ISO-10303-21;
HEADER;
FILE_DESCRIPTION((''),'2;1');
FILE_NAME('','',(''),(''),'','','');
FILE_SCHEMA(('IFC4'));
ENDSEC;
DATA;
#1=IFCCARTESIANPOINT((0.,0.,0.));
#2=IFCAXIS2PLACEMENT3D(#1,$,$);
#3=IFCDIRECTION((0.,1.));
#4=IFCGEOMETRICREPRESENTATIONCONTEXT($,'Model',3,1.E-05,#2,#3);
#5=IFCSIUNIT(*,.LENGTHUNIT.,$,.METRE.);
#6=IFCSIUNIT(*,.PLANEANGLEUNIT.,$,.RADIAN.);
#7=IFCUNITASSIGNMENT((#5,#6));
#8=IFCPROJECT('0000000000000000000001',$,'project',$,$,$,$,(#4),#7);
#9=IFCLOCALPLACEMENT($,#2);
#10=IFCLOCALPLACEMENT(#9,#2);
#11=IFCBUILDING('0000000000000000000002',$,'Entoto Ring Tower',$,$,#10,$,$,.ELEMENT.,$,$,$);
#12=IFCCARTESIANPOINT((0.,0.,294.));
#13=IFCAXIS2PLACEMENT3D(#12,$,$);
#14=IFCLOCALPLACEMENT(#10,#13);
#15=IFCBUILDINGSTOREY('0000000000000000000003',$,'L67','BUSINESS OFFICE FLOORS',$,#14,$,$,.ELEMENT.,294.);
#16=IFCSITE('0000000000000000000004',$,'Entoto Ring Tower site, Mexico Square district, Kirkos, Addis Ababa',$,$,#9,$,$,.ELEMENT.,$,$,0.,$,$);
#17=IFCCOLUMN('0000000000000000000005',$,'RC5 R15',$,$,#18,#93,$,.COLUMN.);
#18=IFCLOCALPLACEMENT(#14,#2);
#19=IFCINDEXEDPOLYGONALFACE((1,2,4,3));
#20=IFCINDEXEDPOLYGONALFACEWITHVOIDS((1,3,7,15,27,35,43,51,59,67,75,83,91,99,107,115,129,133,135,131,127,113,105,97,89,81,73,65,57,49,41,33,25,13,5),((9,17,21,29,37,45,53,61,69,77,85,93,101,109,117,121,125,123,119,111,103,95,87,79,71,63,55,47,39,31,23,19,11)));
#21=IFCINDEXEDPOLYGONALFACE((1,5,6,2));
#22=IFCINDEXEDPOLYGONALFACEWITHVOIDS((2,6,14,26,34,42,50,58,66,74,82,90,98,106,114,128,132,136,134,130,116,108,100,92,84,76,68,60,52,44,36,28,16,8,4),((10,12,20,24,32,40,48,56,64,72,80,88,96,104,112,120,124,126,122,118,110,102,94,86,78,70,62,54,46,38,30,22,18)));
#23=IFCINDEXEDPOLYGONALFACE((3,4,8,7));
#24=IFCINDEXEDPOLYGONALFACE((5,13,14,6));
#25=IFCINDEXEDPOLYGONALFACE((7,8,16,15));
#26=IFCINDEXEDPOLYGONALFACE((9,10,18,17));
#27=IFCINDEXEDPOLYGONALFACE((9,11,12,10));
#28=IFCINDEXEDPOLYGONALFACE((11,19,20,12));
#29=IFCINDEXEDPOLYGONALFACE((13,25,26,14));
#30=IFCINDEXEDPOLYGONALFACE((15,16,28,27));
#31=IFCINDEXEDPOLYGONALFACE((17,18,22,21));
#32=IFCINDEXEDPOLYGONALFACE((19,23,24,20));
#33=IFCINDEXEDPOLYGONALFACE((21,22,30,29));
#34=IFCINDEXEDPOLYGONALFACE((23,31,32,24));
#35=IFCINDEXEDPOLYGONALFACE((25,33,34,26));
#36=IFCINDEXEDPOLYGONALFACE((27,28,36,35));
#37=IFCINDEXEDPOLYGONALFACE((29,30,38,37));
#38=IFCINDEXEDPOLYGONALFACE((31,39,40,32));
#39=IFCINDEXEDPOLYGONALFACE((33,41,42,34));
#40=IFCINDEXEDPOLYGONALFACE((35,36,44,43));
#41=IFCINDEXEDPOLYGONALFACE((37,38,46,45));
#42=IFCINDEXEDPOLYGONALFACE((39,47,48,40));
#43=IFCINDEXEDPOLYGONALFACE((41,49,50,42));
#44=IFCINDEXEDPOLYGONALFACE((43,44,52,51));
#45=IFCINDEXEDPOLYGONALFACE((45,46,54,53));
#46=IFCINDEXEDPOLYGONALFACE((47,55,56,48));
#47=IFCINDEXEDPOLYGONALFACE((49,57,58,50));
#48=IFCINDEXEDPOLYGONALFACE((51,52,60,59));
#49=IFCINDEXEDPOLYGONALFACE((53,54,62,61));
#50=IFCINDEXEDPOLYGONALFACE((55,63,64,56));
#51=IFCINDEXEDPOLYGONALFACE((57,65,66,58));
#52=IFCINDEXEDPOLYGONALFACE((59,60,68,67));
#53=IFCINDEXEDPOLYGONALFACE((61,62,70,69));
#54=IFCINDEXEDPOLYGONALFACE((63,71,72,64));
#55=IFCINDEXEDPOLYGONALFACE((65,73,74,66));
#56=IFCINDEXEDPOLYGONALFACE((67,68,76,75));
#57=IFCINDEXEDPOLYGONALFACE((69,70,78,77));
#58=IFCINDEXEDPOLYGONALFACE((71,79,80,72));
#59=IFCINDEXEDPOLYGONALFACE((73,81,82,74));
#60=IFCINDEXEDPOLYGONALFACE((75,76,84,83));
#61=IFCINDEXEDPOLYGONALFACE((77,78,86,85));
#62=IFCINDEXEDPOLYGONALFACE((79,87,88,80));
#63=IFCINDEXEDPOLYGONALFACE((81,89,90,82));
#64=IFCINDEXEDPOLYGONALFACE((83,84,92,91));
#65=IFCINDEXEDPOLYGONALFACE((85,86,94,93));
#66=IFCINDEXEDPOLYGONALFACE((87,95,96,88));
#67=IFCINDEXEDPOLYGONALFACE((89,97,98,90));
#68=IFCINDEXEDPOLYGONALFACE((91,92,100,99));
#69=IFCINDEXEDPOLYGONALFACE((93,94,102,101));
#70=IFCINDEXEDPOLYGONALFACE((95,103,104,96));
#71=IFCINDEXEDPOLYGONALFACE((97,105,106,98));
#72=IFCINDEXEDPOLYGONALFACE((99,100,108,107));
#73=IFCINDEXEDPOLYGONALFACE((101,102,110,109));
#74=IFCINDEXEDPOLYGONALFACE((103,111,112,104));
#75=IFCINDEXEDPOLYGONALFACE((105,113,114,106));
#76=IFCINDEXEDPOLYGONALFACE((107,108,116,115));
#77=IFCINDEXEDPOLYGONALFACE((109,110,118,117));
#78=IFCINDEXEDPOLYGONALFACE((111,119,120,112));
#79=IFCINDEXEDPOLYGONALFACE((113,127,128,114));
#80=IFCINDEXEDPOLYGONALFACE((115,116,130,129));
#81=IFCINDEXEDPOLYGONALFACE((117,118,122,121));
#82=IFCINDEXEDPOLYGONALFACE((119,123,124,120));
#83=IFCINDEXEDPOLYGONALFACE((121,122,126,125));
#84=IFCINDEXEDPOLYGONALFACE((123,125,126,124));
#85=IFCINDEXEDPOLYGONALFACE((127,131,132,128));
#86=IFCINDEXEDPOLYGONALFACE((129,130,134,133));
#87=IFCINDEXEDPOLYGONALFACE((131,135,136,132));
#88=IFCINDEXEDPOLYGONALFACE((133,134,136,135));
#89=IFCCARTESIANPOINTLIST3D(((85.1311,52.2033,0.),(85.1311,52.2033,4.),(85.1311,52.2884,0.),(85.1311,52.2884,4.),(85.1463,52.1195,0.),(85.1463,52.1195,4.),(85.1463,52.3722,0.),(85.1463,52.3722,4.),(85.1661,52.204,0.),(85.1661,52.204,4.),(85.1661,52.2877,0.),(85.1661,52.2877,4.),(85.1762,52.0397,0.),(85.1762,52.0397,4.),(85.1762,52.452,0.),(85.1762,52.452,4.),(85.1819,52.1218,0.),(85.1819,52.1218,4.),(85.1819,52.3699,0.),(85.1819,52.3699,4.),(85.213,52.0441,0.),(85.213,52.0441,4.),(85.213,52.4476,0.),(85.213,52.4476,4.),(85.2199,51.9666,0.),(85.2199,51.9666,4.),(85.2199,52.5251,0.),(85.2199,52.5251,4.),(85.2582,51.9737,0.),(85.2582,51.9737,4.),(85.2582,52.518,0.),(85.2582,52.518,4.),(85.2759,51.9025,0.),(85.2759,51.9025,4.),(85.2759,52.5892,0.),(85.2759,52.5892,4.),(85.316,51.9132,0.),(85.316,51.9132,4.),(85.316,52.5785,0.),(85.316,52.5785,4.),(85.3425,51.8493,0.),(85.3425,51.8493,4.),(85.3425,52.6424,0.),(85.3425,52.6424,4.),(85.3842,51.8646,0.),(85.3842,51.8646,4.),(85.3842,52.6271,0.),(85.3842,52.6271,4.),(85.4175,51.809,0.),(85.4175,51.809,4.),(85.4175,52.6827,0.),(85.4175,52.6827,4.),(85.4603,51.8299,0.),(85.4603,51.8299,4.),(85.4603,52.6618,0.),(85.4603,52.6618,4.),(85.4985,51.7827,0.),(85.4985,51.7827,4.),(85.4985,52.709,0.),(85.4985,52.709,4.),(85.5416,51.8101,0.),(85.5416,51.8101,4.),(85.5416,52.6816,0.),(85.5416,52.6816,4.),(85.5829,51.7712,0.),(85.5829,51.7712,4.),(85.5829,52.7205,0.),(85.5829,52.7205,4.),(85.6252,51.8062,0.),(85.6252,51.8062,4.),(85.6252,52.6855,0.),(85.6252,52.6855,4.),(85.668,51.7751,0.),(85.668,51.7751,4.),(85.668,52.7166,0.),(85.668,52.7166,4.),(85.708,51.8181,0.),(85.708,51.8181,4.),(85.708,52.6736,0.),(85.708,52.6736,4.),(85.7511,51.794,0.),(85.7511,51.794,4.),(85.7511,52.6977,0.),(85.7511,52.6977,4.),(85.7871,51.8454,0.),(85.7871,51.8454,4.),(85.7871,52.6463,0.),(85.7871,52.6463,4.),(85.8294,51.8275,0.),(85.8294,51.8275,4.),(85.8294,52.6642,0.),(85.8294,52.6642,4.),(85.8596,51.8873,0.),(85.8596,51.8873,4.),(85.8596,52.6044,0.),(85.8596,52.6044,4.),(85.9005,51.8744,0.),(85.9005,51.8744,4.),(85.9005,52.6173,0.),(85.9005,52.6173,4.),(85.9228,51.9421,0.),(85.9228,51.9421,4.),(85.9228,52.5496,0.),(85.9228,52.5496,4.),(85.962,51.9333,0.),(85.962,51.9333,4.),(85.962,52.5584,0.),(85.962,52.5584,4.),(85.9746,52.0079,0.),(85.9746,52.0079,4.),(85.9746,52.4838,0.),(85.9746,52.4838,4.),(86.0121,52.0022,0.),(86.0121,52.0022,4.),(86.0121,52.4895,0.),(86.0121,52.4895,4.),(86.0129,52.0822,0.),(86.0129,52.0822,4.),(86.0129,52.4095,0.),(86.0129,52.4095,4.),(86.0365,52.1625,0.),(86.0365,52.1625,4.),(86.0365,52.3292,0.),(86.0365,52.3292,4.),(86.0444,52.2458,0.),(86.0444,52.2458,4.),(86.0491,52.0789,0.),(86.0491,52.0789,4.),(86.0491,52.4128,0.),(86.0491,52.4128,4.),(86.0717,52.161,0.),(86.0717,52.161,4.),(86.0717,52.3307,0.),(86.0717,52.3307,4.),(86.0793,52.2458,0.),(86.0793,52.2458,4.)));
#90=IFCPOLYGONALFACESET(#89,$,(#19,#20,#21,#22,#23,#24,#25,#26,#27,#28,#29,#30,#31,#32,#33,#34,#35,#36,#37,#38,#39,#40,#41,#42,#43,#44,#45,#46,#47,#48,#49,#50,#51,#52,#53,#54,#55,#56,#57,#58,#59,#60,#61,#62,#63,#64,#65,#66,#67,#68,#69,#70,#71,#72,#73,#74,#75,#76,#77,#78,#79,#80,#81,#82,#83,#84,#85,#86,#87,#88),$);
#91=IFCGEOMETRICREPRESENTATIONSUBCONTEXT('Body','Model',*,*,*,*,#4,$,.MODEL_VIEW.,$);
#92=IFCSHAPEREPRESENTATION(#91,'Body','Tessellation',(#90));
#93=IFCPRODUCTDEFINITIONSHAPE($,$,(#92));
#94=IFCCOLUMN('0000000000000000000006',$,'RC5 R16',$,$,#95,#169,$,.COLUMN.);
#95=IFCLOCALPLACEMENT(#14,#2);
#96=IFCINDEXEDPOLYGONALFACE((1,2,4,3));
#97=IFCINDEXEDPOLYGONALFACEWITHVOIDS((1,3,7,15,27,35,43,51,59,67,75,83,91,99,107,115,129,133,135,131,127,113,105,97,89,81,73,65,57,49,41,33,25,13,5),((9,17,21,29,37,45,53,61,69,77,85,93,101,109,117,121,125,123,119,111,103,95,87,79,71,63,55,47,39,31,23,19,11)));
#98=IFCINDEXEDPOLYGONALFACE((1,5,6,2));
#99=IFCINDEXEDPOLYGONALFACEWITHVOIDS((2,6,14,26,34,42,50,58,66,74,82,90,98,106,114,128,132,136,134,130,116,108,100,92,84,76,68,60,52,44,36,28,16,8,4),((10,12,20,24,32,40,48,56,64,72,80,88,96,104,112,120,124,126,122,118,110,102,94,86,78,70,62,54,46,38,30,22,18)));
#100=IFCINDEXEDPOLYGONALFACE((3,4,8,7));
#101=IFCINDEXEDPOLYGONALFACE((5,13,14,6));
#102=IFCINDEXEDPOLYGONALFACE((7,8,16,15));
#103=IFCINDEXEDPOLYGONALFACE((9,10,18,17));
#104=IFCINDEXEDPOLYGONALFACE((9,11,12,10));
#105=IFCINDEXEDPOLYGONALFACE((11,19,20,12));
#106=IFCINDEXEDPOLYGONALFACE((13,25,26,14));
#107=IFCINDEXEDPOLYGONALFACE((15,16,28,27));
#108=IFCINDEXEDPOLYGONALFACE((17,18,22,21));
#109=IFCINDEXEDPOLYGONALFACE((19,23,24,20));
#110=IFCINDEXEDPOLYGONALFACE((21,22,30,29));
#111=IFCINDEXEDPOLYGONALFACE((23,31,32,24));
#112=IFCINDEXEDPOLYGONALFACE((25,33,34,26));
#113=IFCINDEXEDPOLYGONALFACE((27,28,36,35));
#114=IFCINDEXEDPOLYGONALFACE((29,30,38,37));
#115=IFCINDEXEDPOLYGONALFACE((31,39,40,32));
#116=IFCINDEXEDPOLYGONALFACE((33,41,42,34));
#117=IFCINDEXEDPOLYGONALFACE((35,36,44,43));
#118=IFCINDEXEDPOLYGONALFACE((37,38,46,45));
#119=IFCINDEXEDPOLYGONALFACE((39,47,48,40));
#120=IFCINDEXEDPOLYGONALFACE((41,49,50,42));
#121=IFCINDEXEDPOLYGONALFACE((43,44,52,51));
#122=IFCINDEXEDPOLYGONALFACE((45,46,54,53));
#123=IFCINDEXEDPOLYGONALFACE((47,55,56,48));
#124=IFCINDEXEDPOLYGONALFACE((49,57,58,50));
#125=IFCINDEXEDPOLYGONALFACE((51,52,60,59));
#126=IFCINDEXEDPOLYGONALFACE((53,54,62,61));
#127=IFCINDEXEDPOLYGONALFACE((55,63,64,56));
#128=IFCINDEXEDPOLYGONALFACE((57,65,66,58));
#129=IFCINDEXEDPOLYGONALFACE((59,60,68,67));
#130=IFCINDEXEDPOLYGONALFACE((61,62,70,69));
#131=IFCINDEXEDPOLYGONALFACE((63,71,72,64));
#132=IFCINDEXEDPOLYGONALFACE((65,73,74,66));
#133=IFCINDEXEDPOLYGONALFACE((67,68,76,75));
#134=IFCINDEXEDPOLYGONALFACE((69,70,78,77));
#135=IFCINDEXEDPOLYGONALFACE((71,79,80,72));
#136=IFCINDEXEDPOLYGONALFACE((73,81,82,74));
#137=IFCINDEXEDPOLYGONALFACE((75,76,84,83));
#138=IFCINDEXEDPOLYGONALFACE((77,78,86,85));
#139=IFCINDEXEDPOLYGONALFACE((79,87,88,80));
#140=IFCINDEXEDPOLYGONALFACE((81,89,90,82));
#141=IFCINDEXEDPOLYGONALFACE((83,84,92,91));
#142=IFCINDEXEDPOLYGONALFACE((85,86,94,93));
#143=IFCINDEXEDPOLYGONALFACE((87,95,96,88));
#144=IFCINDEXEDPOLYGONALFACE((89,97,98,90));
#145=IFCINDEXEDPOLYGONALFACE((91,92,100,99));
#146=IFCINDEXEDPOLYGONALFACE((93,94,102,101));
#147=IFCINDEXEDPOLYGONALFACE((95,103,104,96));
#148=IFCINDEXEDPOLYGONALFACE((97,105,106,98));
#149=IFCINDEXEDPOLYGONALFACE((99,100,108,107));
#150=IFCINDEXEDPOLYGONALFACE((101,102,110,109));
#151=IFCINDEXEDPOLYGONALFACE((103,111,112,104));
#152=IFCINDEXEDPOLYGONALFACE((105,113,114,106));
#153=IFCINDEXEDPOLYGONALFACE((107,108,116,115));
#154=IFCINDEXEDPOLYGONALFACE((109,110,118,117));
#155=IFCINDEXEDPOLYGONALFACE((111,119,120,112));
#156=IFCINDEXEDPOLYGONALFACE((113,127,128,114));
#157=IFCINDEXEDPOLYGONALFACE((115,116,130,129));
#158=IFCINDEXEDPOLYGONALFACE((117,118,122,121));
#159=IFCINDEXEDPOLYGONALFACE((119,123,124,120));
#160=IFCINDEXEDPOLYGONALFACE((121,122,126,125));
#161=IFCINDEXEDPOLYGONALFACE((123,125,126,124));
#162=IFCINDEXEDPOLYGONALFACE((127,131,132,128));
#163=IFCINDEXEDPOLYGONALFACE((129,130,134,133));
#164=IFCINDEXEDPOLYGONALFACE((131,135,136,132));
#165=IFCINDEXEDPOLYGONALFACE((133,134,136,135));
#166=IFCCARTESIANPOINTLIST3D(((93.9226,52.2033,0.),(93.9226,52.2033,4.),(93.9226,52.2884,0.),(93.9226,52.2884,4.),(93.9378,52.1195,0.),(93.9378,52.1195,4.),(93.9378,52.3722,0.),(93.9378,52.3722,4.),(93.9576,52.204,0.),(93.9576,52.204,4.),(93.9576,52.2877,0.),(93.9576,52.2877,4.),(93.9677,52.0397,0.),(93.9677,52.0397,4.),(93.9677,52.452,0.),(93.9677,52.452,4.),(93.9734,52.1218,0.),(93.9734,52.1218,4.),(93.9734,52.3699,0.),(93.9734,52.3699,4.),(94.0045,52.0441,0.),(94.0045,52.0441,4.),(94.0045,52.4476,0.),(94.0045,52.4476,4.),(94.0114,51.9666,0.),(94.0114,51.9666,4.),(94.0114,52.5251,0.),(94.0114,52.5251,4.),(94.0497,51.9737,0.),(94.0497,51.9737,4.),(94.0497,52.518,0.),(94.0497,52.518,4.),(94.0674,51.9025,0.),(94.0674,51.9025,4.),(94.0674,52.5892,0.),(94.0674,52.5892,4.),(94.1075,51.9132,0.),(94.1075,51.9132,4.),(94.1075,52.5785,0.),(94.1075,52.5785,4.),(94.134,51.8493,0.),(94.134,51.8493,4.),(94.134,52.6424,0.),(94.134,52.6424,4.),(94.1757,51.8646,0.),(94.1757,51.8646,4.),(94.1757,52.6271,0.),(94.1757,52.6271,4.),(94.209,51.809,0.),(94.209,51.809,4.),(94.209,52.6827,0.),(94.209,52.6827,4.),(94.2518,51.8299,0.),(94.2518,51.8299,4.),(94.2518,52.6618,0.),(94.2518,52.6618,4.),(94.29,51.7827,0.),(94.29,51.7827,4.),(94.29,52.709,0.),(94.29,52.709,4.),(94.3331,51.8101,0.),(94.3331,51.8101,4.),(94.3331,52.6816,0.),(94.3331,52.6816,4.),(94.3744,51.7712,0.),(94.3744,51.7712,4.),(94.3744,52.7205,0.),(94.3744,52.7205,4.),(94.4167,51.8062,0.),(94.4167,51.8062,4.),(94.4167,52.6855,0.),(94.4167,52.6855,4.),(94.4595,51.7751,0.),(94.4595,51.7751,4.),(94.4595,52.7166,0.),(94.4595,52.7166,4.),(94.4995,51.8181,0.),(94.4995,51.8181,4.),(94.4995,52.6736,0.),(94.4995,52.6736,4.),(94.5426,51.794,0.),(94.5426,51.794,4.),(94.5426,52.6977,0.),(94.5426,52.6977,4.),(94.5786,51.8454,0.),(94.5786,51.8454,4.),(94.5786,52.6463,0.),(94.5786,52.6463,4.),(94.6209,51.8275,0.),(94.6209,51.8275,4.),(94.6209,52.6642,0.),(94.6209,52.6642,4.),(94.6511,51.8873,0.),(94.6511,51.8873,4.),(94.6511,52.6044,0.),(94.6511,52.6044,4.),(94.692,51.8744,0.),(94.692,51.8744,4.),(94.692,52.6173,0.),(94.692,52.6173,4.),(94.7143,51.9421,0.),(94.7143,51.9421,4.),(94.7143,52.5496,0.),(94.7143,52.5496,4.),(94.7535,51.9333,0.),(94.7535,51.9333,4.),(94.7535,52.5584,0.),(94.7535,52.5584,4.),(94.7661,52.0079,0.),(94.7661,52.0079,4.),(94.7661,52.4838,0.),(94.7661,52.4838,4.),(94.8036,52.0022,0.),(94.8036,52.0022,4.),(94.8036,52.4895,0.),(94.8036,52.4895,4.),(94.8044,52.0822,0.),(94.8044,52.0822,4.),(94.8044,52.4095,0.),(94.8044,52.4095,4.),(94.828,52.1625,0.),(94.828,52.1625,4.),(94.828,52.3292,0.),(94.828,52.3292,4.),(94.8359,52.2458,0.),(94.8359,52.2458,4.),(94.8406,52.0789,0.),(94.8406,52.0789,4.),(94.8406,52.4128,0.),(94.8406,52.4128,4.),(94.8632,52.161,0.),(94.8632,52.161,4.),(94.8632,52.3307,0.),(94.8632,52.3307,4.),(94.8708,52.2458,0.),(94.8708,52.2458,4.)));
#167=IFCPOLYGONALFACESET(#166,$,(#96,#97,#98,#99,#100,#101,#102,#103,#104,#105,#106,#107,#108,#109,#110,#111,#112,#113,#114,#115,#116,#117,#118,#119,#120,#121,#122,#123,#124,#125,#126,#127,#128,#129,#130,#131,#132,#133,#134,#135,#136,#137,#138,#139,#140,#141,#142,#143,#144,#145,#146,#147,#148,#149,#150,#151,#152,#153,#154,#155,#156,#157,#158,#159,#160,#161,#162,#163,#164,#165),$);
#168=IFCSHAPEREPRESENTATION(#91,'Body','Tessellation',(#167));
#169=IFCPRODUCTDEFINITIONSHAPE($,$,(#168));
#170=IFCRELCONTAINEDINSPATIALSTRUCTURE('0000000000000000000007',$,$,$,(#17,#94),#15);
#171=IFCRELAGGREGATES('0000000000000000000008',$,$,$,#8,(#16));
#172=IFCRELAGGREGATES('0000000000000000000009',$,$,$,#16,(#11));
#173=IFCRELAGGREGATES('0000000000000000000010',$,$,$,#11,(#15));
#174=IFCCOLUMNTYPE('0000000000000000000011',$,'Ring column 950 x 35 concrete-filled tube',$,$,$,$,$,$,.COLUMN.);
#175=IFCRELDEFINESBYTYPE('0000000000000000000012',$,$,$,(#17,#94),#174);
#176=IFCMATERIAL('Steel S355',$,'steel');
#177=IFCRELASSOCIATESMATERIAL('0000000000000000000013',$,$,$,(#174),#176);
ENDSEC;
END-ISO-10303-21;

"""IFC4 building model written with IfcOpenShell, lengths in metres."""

from ifc_helpers import new_model, si_unit, direction, frame, origin, origin_2d, place, context, subcontext, project, spatial, circle, hollow_circle, extrude, material, material_profile, profile_set, type_object, element, save


model = new_model("IFC4")

# Units and contexts
model_context = context("Model", 3, precision=1e-05, world=origin(), true_north=direction((0.0, 1.0)))
body_context = subcontext(model_context, "Body", "Model", "MODEL_VIEW")
ifc_project = project(units=[si_unit("LENGTHUNIT", "METRE"), si_unit("PLANEANGLEUNIT", "RADIAN")], contexts=[model_context])

# Site, building, storey
site_placement = place(None, origin())
site = spatial("IfcSite", under=ifc_project, at=site_placement, Name="Entoto Ring Tower site, Mexico Square district, Kirkos, Addis Ababa", CompositionType="ELEMENT", RefElevation=0.0)
building_placement = place(site_placement, origin())
building = spatial("IfcBuilding", under=site, at=building_placement, Name="Entoto Ring Tower", CompositionType="ELEMENT")
storey_placement = place(building_placement, frame((0.0, 0.0, 294.0)))
storey = spatial("IfcBuildingStorey", under=building, at=storey_placement, Name="L67", Description="BUSINESS OFFICE FLOORS", CompositionType="ELEMENT", Elevation=294.0)

# Columns
ifc_material_1 = material(Name="Steel S355", Category="steel")
ifc_material_profile_1 = material_profile(ifc_material_1, hollow_circle(Radius=0.4751, WallThickness=0.0349, at=origin_2d()), Name="CHS 950 x 35")
ifc_material_2 = material(Name="Concrete C60/75", Category="concrete")
ifc_material_profile_2 = material_profile(ifc_material_2, circle(Radius=0.4399, at=origin_2d()), Name="Concrete C60/75 infill")
ifc_profile_set_1 = profile_set([ifc_material_profile_1, ifc_material_profile_2], Name="Steel S355")
column_type = type_object("IfcColumnType", Name="Ring column 950 x 35 concrete-filled tube", PredefinedType="COLUMN", material=ifc_profile_set_1)
for number, where, z_axis, x_axis, name in (
    (1, (85.6042, 52.2458, 0.0), (0.0, 0.0, 1.0), (1.0, 0.0, 0.0), "RC5 R15"),
    (2, (94.3958, 52.2458, 0.0), (0.0, 0.0, 1.0), (1.0, 0.0, 0.0), "RC5 R16"),
):
    element("IfcColumn", number, at=place(storey_placement, frame(where, z_axis=z_axis, x_axis=x_axis)), inside=storey, type_object=column_type, Name=name, PredefinedType="COLUMN", context=body_context, shape_type="SweptSolid", body=[
        extrude(hollow_circle(Radius=0.4751, WallThickness=0.0349, at=origin_2d()), origin(), (0.0, 0.0, 1.0), 4.0),
    ])

save(model, "model.ifc")
